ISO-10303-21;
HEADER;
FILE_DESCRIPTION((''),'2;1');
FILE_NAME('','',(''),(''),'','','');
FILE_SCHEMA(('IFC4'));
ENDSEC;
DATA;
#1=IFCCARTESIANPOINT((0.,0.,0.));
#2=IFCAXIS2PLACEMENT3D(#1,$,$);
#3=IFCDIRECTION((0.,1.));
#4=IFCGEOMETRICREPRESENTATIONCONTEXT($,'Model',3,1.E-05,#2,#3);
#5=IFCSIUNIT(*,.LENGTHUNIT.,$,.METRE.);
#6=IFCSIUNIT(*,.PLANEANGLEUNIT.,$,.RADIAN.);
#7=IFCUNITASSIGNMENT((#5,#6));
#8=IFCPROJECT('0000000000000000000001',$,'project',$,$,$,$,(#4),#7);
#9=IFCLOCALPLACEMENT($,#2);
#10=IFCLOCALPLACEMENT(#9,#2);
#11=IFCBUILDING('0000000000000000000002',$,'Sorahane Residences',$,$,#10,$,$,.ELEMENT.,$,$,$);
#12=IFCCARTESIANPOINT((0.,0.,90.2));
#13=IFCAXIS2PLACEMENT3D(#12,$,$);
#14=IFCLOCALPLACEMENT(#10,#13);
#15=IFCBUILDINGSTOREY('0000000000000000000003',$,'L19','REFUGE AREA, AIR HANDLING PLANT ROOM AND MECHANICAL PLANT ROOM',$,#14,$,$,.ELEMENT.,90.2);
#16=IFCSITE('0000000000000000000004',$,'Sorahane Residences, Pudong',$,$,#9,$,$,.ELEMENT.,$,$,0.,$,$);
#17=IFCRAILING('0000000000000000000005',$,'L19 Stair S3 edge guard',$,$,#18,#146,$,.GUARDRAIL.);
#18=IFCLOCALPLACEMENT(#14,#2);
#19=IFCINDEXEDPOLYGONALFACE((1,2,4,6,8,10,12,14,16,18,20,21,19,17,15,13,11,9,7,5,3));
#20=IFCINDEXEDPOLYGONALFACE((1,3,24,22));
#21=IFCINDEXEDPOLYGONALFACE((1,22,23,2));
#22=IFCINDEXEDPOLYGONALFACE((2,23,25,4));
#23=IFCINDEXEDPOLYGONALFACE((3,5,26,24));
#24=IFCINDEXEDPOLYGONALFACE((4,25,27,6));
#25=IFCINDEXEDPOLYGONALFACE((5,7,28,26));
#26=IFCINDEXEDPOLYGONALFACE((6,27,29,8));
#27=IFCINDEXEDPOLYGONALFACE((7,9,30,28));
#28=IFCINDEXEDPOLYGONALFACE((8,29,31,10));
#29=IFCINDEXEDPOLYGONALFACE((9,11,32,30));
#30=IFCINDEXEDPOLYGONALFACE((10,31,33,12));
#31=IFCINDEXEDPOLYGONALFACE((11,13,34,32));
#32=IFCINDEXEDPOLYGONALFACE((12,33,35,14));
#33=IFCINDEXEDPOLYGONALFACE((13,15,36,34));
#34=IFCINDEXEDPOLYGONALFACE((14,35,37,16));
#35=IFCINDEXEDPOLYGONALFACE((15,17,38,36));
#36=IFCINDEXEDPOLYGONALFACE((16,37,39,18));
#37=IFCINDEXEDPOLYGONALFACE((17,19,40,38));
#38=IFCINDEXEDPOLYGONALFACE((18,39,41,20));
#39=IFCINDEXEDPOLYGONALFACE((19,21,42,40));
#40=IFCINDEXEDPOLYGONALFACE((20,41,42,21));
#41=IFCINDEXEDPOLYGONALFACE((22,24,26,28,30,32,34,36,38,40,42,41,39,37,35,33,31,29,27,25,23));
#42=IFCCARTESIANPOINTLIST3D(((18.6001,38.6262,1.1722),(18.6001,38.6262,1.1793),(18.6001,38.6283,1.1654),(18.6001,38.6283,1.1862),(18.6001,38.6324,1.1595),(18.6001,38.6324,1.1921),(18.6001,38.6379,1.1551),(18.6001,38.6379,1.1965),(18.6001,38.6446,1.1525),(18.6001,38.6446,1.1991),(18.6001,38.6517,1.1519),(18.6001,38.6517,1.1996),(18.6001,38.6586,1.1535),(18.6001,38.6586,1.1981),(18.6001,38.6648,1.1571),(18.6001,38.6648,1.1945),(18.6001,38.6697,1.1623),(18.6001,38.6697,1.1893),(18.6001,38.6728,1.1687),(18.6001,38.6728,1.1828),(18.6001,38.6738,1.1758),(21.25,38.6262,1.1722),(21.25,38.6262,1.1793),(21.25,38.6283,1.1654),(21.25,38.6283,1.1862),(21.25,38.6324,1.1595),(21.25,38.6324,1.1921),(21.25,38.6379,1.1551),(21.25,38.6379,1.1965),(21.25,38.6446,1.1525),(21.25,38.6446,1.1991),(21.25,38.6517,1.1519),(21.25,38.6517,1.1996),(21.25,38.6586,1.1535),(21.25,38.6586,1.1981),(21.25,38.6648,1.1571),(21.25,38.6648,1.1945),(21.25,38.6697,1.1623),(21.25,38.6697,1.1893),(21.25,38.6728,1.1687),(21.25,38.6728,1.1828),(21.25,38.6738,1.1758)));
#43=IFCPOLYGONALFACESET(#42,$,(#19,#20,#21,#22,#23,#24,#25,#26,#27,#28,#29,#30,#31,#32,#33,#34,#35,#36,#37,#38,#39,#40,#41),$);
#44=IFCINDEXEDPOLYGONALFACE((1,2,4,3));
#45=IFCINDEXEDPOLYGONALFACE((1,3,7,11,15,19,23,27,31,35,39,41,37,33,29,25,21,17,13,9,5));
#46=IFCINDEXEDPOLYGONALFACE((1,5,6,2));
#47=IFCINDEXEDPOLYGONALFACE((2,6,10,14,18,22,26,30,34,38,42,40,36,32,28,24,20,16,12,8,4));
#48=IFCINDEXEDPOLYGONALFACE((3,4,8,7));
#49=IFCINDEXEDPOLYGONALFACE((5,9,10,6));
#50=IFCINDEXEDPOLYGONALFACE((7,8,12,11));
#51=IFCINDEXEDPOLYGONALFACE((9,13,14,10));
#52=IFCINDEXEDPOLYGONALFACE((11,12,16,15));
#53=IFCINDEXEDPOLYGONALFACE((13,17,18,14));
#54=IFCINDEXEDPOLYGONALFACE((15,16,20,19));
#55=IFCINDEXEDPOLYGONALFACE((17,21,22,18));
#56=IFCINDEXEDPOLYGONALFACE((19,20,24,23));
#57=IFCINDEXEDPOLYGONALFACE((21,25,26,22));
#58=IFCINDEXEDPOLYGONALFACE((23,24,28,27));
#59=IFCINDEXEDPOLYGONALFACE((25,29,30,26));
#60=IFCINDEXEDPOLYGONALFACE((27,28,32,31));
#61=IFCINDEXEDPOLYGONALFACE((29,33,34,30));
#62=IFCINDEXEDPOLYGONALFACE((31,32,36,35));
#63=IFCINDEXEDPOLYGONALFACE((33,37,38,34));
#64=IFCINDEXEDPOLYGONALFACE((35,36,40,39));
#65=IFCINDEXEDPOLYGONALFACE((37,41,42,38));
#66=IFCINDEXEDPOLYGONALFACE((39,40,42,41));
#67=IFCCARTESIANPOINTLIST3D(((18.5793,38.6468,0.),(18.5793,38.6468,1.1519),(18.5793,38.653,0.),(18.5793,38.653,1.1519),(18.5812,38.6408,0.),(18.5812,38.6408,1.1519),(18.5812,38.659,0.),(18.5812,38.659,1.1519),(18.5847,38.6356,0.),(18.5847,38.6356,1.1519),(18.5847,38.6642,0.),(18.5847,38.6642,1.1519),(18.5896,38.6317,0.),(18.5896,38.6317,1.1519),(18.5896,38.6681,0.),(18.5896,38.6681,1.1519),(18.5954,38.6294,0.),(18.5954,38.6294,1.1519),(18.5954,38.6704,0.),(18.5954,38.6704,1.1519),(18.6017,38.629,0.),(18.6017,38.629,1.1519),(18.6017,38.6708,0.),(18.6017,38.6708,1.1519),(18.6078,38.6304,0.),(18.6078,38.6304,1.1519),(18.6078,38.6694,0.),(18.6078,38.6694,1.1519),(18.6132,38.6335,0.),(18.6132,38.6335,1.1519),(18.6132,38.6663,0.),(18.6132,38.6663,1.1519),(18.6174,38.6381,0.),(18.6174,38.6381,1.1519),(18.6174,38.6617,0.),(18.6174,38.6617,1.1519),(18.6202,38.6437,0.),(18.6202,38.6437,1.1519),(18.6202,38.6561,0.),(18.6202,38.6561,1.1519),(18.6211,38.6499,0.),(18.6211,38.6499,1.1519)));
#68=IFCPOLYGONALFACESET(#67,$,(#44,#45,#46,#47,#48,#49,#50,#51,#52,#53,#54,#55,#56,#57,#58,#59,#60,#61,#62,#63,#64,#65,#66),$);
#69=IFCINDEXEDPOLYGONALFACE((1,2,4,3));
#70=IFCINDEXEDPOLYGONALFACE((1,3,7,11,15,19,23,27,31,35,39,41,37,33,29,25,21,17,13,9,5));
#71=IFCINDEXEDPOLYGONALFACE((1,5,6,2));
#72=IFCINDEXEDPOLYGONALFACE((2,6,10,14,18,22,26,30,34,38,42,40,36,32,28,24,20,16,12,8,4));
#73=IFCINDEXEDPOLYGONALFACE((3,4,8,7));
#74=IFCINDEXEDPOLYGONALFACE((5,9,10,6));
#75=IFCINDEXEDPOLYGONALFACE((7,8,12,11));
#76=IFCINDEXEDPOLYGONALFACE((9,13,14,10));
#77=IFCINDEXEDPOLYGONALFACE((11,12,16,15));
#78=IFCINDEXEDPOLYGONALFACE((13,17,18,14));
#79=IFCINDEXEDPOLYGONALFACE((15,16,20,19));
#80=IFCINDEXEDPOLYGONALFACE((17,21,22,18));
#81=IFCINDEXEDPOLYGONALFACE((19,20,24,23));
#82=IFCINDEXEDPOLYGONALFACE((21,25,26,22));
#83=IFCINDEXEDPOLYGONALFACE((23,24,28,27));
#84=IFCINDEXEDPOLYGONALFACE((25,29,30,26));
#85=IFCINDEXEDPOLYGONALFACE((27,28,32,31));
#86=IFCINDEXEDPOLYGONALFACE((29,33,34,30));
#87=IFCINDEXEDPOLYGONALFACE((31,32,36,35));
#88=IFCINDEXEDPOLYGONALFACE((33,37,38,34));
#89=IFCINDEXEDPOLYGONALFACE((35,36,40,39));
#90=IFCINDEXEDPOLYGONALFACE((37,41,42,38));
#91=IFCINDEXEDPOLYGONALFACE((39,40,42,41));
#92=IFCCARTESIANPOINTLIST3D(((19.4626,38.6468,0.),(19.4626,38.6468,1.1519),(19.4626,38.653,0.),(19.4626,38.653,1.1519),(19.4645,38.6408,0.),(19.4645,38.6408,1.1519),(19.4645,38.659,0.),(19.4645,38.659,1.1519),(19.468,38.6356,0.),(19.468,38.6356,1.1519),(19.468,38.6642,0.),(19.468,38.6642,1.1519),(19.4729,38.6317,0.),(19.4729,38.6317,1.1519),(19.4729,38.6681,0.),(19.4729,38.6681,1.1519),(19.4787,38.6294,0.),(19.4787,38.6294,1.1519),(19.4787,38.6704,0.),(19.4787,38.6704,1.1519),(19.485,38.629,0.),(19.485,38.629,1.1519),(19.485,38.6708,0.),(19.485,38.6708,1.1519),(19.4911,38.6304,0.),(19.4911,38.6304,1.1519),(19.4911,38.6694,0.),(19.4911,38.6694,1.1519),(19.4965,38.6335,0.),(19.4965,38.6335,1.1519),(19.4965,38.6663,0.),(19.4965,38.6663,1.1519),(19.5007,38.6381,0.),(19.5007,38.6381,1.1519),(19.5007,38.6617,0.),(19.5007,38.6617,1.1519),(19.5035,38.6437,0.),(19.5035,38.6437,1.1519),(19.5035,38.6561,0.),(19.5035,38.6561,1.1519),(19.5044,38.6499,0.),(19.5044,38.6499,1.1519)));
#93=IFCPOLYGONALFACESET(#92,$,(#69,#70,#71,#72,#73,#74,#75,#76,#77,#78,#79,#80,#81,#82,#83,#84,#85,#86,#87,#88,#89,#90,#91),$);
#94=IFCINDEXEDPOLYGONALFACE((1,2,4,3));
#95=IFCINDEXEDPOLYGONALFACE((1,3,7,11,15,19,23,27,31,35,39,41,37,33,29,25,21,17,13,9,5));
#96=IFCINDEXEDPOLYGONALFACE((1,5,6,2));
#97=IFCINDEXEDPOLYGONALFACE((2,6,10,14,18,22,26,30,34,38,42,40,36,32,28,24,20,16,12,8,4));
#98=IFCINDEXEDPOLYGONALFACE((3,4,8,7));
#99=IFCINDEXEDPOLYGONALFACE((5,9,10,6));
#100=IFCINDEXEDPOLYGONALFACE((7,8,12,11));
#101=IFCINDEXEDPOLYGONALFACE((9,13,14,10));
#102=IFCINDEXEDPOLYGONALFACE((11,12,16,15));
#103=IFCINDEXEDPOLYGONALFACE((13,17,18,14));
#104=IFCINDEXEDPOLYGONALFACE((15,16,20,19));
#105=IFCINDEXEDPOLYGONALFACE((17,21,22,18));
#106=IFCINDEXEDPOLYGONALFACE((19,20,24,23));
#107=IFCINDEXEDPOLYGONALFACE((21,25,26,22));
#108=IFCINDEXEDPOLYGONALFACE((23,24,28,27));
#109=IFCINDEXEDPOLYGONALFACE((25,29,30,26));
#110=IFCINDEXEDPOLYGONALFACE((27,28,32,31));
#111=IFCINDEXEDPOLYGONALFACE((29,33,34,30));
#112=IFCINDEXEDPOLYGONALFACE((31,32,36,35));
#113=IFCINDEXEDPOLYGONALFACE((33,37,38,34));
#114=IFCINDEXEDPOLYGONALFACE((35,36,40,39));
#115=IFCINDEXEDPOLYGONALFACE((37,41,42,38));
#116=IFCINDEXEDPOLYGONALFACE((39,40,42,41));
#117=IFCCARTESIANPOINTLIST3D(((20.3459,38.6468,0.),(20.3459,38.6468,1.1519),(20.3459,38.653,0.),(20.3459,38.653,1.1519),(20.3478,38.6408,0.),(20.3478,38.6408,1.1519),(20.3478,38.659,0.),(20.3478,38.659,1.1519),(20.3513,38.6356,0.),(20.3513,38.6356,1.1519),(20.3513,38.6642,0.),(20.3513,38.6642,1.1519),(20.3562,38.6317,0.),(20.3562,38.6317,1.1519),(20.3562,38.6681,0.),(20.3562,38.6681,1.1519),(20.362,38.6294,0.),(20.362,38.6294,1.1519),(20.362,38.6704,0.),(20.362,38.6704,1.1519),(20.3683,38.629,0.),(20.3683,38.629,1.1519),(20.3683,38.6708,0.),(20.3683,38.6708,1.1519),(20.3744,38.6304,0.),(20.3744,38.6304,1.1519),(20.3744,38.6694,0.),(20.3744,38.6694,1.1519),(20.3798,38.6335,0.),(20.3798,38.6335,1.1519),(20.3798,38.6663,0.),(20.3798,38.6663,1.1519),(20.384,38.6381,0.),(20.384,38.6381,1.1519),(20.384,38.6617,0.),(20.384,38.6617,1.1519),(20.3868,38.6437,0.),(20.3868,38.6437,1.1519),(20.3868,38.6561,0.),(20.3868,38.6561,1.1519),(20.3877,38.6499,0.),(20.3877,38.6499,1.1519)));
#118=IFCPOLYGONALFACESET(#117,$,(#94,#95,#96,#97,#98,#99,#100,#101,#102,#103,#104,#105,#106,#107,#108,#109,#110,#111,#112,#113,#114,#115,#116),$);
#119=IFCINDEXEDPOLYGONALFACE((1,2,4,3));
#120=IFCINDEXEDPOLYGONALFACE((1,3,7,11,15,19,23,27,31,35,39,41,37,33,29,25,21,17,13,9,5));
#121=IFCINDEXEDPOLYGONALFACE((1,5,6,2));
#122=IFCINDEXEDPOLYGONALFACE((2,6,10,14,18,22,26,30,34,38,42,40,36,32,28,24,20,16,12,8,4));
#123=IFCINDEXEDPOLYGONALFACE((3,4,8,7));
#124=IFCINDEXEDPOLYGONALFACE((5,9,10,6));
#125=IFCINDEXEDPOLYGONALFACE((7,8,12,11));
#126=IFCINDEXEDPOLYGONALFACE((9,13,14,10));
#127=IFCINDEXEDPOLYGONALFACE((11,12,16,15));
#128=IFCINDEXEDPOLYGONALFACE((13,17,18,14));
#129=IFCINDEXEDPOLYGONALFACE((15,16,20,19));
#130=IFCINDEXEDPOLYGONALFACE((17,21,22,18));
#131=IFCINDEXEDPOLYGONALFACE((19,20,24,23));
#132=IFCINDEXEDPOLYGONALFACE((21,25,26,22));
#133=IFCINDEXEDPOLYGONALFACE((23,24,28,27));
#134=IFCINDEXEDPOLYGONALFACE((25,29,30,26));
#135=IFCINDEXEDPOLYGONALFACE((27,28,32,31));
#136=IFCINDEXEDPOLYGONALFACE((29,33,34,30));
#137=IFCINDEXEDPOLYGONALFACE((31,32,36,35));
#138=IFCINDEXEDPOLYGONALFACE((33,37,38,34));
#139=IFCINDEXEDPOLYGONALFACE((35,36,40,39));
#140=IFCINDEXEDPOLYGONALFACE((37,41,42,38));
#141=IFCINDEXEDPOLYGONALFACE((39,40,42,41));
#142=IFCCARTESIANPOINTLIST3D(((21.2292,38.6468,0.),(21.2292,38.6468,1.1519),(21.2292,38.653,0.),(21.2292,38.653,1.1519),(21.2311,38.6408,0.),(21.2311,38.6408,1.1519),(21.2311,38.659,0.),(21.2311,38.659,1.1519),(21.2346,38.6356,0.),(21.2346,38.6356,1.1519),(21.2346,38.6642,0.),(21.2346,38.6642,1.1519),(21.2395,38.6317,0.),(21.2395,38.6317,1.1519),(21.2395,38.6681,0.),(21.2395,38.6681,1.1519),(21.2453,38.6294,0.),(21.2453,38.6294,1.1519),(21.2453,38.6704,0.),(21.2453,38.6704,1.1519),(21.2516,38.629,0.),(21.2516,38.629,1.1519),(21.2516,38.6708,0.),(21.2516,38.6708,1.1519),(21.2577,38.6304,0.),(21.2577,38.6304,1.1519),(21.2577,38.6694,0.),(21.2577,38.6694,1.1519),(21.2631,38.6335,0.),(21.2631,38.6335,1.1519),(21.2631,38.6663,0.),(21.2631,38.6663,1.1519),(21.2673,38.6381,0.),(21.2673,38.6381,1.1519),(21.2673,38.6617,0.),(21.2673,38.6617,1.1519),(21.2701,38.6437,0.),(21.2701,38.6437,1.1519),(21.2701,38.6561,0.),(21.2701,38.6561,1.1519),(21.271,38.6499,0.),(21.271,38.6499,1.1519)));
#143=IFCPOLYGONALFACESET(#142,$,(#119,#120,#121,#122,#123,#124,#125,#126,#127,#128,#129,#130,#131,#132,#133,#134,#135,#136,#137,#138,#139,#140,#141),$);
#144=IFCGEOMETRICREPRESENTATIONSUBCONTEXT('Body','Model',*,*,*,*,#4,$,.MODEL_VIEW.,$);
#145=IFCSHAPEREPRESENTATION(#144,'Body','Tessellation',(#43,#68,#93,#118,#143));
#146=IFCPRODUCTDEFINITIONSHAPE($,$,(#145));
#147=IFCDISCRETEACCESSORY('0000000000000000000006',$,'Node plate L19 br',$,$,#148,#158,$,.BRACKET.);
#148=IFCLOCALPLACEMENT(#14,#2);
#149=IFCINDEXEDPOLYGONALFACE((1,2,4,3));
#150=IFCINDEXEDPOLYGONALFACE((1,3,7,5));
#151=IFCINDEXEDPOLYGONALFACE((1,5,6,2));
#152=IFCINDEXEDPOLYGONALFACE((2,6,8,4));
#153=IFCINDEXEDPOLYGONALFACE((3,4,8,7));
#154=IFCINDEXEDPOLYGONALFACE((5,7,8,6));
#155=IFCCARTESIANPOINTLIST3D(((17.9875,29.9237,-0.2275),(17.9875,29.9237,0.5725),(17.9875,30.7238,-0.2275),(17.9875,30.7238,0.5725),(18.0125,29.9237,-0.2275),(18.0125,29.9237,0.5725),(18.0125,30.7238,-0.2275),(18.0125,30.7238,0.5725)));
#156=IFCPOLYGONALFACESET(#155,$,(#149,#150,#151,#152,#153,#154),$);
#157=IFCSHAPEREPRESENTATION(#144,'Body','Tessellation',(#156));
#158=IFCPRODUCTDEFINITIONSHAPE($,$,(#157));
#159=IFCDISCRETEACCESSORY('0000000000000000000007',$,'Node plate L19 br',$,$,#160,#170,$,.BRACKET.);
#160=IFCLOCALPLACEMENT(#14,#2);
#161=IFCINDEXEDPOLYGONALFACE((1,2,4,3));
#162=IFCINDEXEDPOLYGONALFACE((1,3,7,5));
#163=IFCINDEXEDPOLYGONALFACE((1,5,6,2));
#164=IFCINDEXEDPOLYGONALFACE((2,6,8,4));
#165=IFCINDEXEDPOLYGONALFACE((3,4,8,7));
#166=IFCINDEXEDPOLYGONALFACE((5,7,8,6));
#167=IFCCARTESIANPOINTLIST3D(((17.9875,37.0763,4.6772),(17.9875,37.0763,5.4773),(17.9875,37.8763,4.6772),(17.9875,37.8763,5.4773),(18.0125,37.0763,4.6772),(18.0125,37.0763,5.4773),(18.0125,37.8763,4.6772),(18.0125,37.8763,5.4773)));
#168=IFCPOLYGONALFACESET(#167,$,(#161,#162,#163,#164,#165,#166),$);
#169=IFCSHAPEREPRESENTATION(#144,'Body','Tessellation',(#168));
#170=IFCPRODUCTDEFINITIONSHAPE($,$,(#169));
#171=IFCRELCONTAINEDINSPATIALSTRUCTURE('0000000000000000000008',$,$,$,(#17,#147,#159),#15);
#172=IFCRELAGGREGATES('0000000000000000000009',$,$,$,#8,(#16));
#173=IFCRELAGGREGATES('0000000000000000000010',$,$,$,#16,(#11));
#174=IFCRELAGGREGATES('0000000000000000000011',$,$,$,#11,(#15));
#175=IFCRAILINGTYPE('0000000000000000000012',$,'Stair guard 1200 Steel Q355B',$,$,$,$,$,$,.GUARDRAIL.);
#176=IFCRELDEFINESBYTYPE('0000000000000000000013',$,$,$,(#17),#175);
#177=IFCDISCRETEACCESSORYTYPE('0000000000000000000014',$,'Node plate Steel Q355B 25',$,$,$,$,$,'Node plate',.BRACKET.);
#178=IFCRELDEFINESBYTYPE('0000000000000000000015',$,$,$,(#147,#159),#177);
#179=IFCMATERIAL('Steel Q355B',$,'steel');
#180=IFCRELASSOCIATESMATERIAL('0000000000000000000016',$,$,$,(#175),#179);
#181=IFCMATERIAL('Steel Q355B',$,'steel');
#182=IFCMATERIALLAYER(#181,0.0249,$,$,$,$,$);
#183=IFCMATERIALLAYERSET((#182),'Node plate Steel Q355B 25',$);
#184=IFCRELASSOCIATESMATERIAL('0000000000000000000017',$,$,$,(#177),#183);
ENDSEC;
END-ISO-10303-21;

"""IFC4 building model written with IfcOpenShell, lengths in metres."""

from ifc_helpers import new_model, si_unit, direction, frame, origin, origin_2d, place, context, subcontext, project, spatial, rectangle, circle, extrude, material, layer, layer_set, type_object, element, save


model = new_model("IFC4")

# Units and contexts
model_context = context("Model", 3, precision=1e-05, world=origin(), true_north=direction((0.0, 1.0)))
body_context = subcontext(model_context, "Body", "Model", "MODEL_VIEW")
ifc_project = project(units=[si_unit("LENGTHUNIT", "METRE"), si_unit("PLANEANGLEUNIT", "RADIAN")], contexts=[model_context])

# Site, building, storey
site_placement = place(None, origin())
site = spatial("IfcSite", under=ifc_project, at=site_placement, Name="Sorahane Residences, Pudong", CompositionType="ELEMENT", RefElevation=0.0)
building_placement = place(site_placement, origin())
building = spatial("IfcBuilding", under=site, at=building_placement, Name="Sorahane Residences", CompositionType="ELEMENT")
storey_placement = place(building_placement, frame((0.0, 0.0, 90.2)))
storey = spatial("IfcBuildingStorey", under=building, at=storey_placement, Name="L19", Description="REFUGE AREA, AIR HANDLING PLANT ROOM AND MECHANICAL PLANT ROOM", CompositionType="ELEMENT", Elevation=90.2)

# Railing
ifc_material_1 = material(Name="Steel Q355B", Category="steel")
railing_type = type_object("IfcRailingType", Name="Stair guard 1200 Steel Q355B", PredefinedType="GUARDRAIL", material=ifc_material_1)
railing_1_placement = place(storey_placement, frame((18.6001, 38.6499, 0.0)))
element("IfcRailing", 1, at=railing_1_placement, inside=storey, type_object=railing_type, Name="L19 Stair S3 edge guard", PredefinedType="GUARDRAIL", context=body_context, shape_type="SweptSolid", body=[
    extrude(circle(Radius=0.0239, at=origin_2d()), frame((0.0, 0.0, 1.1758), z_axis=(1.0, 0.0, 0.0), x_axis=(0.0, 1.0, 0.0)), (0.0, 0.0, 1.0), 2.6499),
    extrude(circle(Radius=0.021, at=origin_2d()), origin(), (0.0, 0.0, 1.0), 1.1519),
    extrude(circle(Radius=0.021, at=origin_2d()), frame((0.8833, 0.0, 0.0)), (0.0, 0.0, 1.0), 1.1519),
    extrude(circle(Radius=0.021, at=origin_2d()), frame((1.7666, 0.0, 0.0)), (0.0, 0.0, 1.0), 1.1519),
    extrude(circle(Radius=0.021, at=origin_2d()), frame((2.6499, 0.0, 0.0)), (0.0, 0.0, 1.0), 1.1519),
])

# Discrete accessories
ifc_material_2 = material(Name="Steel Q355B", Category="steel")
ifc_layer_1 = layer(ifc_material_2, 0.0249)
ifc_layer_set_1 = layer_set([ifc_layer_1], Name="Node plate Steel Q355B 25")
discrete_accessory_type = type_object("IfcDiscreteAccessoryType", Name="Node plate Steel Q355B 25", ElementType="Node plate", PredefinedType="BRACKET", material=ifc_layer_set_1)
for number, where, z_axis, x_axis, name in (
    (2, (18.0, 30.3237, -0.2275), (0.0, 0.0, 1.0), (0.0, 1.0, 0.0), "Node plate L19 br"),
    (3, (18.0, 37.4763, 4.6772), (0.0, 0.0, 1.0), (0.0, 1.0, 0.0), "Node plate L19 br"),
):
    element("IfcDiscreteAccessory", number, at=place(storey_placement, frame(where, z_axis=z_axis, x_axis=x_axis)), inside=storey, type_object=discrete_accessory_type, Name=name, PredefinedType="BRACKET", context=body_context, shape_type="SweptSolid", body=[
        extrude(rectangle(XDim=0.8, YDim=0.0249, at=origin_2d()), origin(), (0.0, 0.0, 1.0), 0.8),
    ])

save(model, "model.ifc")
